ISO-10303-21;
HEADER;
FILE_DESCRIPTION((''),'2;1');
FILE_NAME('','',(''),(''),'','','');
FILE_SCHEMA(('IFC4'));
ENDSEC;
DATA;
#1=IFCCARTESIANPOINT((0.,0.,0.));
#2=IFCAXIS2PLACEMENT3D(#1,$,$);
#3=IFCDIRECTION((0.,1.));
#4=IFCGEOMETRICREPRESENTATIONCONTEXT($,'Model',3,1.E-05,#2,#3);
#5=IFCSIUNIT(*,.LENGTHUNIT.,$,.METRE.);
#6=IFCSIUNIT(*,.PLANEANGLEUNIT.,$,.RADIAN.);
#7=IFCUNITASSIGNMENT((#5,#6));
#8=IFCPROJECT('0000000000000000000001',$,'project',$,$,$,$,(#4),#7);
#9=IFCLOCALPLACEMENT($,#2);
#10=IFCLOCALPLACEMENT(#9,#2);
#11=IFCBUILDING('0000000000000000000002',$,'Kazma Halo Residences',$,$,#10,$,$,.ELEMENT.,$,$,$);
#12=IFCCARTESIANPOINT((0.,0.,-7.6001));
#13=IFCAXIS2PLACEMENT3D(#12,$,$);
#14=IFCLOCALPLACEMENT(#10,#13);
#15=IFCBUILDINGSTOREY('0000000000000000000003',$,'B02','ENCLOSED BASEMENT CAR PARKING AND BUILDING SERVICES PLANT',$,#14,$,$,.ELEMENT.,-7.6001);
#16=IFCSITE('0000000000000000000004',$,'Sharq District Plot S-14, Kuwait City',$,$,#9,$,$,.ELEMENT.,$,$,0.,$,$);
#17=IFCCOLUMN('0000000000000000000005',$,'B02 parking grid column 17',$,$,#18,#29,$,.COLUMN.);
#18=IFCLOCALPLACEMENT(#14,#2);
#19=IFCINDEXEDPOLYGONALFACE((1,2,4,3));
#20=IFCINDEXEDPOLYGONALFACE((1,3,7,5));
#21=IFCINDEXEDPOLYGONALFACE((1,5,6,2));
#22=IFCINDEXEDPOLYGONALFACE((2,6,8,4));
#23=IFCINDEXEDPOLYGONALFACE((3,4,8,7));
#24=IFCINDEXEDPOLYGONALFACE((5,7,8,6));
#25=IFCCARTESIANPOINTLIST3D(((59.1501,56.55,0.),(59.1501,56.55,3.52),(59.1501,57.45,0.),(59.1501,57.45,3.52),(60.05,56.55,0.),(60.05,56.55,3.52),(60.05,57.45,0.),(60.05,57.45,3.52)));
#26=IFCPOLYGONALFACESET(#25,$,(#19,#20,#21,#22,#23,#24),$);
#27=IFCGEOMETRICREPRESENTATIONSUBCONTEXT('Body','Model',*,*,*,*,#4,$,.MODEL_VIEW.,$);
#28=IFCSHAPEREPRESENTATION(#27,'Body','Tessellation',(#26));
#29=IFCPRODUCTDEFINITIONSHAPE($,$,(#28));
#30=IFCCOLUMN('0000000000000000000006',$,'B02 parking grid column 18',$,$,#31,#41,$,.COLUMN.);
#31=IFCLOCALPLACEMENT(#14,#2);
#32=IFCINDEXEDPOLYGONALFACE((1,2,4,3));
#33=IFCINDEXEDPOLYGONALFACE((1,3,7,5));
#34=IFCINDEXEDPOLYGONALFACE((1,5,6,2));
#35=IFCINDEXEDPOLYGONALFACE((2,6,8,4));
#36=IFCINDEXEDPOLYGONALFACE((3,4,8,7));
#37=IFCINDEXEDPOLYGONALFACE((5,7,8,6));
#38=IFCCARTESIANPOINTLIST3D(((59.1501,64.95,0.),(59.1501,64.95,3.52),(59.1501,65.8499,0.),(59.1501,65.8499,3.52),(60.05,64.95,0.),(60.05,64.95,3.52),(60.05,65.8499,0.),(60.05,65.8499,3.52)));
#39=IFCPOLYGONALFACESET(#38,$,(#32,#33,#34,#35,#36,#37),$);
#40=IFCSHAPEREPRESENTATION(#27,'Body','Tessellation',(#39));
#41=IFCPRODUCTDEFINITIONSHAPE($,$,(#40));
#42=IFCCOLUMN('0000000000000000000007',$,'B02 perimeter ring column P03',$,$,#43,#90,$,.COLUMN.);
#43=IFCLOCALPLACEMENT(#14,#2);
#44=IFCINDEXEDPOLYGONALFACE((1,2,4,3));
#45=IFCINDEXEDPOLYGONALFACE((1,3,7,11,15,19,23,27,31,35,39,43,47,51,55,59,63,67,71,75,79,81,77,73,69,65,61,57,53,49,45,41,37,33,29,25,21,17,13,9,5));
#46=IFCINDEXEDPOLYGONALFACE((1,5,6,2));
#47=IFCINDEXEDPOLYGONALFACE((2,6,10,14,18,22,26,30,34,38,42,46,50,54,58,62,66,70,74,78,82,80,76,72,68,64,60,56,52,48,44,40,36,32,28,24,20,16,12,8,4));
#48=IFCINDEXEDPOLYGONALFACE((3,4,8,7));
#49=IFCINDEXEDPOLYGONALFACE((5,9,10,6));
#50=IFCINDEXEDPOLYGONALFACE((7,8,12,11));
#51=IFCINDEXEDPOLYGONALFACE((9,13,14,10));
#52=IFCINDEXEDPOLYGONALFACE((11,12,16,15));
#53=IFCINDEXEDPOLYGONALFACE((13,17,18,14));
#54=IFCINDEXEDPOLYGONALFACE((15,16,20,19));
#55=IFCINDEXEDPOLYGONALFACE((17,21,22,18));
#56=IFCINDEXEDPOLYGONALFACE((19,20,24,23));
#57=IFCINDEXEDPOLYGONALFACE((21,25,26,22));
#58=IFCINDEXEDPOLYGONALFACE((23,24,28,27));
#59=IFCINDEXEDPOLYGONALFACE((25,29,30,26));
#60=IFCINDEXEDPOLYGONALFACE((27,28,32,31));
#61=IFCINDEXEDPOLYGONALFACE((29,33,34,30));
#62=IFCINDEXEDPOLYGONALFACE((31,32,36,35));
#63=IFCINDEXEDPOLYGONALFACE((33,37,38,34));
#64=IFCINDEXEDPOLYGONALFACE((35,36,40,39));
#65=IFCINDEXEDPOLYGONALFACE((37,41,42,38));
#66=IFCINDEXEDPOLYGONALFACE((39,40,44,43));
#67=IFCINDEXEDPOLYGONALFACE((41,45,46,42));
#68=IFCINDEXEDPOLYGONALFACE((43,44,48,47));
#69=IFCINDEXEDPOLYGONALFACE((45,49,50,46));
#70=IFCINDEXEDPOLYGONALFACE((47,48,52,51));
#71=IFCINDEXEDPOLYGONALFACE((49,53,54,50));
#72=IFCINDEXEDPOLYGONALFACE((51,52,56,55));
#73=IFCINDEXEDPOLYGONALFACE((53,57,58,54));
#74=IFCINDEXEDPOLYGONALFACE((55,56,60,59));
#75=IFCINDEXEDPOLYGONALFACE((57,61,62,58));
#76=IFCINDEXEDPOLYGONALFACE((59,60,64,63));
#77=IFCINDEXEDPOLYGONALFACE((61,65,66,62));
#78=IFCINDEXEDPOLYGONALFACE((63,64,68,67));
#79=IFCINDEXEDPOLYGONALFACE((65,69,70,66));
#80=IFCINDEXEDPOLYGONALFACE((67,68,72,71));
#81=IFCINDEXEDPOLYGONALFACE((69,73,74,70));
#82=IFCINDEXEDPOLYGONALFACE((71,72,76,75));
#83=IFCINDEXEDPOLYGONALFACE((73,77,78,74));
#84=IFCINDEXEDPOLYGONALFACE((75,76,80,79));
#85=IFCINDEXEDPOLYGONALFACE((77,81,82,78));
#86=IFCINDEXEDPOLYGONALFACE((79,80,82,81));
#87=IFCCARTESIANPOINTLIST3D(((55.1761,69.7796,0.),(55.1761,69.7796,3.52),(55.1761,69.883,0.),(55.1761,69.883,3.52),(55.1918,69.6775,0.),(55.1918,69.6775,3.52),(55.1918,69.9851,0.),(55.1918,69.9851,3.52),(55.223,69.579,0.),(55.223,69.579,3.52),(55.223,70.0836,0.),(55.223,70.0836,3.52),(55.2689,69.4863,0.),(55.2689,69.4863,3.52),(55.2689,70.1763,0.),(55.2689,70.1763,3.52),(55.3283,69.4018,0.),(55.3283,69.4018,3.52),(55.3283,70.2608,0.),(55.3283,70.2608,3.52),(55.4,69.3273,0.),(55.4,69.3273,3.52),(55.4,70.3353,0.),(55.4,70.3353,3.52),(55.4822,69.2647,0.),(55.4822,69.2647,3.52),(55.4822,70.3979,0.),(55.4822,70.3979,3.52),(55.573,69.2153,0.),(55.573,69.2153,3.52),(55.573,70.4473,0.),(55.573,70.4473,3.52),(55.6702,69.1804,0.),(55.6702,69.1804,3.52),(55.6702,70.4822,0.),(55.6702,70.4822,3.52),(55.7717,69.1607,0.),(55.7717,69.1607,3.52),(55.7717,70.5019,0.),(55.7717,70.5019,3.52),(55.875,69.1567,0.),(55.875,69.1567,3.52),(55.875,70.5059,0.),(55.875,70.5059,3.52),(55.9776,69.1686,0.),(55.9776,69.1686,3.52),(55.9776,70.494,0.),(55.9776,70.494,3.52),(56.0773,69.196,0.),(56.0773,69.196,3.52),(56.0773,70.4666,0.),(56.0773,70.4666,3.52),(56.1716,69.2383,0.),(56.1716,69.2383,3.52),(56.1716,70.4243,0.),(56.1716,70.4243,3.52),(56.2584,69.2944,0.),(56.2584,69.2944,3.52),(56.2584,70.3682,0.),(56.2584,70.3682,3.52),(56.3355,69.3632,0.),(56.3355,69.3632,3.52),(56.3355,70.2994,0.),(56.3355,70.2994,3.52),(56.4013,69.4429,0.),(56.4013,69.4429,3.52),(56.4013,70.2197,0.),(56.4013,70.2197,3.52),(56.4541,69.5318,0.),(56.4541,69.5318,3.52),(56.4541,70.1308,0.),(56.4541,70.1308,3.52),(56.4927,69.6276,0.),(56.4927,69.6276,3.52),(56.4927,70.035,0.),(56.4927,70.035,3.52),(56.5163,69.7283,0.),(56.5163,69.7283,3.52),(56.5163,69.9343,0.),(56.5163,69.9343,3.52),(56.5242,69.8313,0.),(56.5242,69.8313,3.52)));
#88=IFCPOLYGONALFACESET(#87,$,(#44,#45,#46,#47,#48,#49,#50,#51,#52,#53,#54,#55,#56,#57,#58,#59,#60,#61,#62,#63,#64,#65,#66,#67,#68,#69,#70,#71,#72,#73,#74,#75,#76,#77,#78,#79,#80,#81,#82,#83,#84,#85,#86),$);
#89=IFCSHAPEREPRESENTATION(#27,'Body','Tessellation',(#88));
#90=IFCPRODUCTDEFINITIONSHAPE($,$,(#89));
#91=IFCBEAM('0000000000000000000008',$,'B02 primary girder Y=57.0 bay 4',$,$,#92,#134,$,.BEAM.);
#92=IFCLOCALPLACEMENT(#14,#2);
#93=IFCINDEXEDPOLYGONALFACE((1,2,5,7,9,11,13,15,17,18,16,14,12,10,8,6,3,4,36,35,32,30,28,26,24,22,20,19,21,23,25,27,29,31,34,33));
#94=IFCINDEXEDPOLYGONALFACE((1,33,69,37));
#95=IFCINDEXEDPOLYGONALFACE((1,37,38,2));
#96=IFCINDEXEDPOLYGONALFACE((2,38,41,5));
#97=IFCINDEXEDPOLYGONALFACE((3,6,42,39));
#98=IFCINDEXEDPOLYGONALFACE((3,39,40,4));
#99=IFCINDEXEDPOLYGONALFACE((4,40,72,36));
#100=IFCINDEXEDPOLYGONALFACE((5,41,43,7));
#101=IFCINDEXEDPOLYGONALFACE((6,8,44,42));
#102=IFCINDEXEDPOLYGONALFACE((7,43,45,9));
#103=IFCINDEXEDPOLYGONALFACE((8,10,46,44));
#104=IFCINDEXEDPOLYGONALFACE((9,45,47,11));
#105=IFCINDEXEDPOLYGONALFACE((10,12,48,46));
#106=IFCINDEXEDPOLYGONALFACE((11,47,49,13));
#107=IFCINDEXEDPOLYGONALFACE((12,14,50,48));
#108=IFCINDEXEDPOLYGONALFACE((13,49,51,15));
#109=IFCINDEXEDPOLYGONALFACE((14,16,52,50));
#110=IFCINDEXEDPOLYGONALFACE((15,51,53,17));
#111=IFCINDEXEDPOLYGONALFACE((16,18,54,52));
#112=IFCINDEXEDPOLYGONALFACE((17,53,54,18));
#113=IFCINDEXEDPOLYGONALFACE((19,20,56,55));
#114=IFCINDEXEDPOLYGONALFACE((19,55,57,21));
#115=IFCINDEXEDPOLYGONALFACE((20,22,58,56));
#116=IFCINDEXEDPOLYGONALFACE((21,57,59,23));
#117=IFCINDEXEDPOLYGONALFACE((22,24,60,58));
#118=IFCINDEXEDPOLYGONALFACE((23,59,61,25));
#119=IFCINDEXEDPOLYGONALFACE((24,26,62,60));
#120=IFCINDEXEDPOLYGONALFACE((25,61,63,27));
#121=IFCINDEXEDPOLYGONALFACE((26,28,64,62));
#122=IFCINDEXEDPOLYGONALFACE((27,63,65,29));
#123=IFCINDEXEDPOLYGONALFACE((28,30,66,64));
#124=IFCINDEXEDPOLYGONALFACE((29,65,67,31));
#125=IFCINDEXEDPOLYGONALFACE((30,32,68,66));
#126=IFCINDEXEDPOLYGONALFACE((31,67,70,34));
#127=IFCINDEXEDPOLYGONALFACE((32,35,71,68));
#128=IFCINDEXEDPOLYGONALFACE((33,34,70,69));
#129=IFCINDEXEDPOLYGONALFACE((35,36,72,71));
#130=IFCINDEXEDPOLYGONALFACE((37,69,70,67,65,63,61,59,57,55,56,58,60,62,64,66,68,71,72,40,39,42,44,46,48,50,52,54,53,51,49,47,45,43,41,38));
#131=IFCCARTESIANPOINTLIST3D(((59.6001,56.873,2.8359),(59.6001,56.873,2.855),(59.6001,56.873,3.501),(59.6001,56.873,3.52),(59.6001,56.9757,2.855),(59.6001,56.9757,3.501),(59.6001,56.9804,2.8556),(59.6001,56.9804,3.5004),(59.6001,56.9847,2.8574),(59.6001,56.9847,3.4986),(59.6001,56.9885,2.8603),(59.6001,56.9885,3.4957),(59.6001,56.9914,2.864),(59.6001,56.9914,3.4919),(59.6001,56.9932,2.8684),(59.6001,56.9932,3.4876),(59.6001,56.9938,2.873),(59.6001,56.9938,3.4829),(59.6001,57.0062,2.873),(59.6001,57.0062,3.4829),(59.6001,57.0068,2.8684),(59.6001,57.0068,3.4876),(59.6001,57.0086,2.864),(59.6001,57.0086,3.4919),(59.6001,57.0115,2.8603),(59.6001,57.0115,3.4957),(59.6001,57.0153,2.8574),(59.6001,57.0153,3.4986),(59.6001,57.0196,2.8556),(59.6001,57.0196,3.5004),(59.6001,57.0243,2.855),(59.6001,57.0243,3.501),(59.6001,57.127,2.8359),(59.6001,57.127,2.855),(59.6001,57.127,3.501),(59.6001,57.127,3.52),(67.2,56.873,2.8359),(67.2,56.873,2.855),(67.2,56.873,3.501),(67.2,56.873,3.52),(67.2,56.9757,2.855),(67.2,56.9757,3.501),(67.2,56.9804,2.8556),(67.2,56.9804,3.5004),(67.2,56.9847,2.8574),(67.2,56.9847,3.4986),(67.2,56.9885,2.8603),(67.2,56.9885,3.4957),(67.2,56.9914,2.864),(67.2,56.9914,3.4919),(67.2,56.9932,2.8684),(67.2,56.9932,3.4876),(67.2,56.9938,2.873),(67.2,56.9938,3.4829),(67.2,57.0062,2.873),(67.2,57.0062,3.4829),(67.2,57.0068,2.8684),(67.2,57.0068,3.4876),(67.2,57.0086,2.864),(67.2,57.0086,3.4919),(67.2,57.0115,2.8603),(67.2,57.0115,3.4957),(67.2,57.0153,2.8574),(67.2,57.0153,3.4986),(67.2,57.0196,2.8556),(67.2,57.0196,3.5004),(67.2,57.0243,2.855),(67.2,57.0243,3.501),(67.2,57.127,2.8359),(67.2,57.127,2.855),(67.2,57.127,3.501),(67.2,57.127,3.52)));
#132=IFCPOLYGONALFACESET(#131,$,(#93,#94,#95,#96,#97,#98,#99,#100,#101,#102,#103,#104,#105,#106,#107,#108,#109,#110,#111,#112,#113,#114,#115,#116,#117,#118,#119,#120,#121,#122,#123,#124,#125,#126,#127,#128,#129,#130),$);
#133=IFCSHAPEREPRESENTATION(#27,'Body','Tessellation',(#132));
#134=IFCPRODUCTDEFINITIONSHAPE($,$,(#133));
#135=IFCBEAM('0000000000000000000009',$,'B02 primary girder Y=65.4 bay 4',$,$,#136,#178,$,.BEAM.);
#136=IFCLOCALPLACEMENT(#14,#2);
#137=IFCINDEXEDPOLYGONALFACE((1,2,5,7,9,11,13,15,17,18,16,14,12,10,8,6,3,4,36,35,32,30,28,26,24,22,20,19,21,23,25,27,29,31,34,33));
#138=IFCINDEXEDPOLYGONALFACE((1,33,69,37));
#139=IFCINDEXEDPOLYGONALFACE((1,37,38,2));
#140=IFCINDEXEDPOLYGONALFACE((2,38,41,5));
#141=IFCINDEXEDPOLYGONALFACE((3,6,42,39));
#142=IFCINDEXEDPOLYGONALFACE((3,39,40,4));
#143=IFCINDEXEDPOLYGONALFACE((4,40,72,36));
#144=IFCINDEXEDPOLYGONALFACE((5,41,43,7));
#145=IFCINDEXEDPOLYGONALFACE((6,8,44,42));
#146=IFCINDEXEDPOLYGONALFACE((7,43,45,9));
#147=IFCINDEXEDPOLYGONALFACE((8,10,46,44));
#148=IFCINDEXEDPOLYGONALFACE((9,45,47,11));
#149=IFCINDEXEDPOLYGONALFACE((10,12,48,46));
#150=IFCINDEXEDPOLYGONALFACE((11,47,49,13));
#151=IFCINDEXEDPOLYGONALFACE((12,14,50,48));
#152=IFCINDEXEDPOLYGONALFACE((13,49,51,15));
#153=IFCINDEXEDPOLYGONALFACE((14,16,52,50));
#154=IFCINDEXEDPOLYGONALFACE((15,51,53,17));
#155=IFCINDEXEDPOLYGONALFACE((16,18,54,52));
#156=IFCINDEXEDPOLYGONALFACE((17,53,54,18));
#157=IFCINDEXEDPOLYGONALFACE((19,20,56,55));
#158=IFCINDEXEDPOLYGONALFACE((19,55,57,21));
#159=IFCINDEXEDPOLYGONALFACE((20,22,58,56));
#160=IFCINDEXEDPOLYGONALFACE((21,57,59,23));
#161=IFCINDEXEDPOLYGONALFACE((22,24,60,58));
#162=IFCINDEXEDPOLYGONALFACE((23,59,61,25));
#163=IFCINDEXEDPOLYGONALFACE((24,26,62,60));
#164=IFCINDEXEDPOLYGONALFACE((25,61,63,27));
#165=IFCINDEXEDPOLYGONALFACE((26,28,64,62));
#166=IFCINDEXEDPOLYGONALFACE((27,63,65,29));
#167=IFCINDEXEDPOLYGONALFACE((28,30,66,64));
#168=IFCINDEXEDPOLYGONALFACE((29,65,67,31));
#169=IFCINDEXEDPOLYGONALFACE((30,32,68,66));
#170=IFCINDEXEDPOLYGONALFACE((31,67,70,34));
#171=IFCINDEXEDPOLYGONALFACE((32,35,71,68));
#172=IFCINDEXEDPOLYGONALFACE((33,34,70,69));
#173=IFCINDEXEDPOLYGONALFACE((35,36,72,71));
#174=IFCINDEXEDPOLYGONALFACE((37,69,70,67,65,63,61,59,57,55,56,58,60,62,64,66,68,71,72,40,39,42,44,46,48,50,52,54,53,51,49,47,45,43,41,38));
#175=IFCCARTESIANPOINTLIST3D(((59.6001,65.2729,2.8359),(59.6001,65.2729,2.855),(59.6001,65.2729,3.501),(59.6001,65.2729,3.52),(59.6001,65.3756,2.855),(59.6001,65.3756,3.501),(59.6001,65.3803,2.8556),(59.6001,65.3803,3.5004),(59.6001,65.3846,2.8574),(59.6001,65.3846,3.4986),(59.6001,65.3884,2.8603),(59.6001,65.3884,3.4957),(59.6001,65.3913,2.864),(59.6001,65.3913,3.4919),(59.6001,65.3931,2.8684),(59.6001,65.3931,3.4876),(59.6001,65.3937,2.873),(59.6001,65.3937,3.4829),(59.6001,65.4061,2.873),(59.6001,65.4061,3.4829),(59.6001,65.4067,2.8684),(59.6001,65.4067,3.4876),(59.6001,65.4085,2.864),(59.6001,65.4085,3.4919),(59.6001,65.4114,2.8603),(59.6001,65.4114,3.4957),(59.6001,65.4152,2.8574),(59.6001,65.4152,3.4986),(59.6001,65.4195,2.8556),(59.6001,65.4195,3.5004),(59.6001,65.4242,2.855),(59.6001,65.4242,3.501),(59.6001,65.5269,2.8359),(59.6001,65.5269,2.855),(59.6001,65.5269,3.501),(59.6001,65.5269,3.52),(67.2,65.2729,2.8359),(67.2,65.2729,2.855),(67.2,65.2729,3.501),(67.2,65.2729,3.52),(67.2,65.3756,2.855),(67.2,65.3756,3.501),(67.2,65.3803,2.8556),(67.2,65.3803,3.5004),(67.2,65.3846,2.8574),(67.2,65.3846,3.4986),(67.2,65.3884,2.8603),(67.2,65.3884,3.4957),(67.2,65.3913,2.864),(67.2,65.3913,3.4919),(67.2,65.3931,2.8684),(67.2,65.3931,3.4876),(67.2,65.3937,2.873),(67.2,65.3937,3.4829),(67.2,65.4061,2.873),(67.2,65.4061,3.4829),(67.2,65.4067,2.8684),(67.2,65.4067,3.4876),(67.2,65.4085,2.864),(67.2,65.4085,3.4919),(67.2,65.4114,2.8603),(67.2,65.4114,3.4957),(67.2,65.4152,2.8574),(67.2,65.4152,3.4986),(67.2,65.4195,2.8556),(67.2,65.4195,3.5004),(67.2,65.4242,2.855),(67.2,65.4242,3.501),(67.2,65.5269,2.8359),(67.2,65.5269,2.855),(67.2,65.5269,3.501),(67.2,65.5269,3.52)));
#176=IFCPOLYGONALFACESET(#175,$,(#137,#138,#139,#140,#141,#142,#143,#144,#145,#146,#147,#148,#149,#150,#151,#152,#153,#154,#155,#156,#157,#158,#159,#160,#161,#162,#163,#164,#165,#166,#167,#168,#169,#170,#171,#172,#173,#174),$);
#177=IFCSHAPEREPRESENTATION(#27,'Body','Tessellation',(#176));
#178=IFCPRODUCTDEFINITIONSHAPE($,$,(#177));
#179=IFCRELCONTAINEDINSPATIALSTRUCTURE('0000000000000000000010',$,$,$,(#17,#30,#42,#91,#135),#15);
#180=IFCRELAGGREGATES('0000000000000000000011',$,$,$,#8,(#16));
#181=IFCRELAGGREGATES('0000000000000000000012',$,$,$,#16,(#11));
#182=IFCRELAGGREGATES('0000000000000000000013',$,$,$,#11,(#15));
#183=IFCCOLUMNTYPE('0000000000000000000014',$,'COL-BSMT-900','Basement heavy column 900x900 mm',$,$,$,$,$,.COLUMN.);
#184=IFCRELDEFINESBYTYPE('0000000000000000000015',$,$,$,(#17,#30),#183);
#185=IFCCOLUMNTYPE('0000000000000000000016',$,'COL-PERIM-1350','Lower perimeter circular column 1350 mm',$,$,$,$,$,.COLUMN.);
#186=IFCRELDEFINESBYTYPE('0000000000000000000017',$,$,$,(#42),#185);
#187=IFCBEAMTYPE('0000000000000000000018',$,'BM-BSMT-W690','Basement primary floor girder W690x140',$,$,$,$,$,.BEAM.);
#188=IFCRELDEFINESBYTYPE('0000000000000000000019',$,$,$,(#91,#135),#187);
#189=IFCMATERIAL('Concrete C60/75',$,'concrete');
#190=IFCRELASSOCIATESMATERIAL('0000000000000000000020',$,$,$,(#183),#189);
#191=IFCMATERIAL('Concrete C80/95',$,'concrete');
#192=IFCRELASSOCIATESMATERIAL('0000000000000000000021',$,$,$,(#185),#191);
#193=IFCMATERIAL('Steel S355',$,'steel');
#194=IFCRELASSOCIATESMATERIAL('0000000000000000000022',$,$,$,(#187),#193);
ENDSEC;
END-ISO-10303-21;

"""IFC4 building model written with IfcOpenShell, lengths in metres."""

from ifc_helpers import new_model, si_unit, direction, frame, origin, origin_2d, place, context, subcontext, project, spatial, rectangle, circle, i_section, extrude, material, material_profile, profile_set, type_object, element, save


model = new_model("IFC4")

# Units and contexts
model_context = context("Model", 3, precision=1e-05, world=origin(), true_north=direction((0.0, 1.0)))
body_context = subcontext(model_context, "Body", "Model", "MODEL_VIEW")
ifc_project = project(units=[si_unit("LENGTHUNIT", "METRE"), si_unit("PLANEANGLEUNIT", "RADIAN")], contexts=[model_context])

# Site, building, storey
site_placement = place(None, origin())
site = spatial("IfcSite", under=ifc_project, at=site_placement, Name="Sharq District Plot S-14, Kuwait City", CompositionType="ELEMENT", RefElevation=0.0)
building_placement = place(site_placement, origin())
building = spatial("IfcBuilding", under=site, at=building_placement, Name="Kazma Halo Residences", CompositionType="ELEMENT")
storey_placement = place(building_placement, frame((0.0, 0.0, -7.6001)))
storey = spatial("IfcBuildingStorey", under=building, at=storey_placement, Name="B02", Description="ENCLOSED BASEMENT CAR PARKING AND BUILDING SERVICES PLANT", CompositionType="ELEMENT", Elevation=-7.6001)

# Shared definitions
ifc_material_1 = material(Name="Concrete C60/75", Category="concrete")

# Columns
ifc_material_profile_1 = material_profile(ifc_material_1, rectangle(XDim=0.8999, YDim=0.8999, at=origin_2d()), Name="RECT900x900")
ifc_profile_set_1 = profile_set([ifc_material_profile_1], Name="Concrete C60/75")
column_type_1 = type_object("IfcColumnType", Name="COL-BSMT-900", Description="Basement heavy column 900x900 mm", PredefinedType="COLUMN", material=ifc_profile_set_1)
for number, where, z_axis, x_axis, name in (
    (1, (59.6001, 57.0, 0.0), (0.0, 0.0, 1.0), (1.0, 0.0, 0.0), "B02 parking grid column 17"),
    (2, (59.6001, 65.3999, 0.0), (0.0, 0.0, 1.0), (1.0, 0.0, 0.0), "B02 parking grid column 18"),
):
    element("IfcColumn", number, at=place(storey_placement, frame(where, z_axis=z_axis, x_axis=x_axis)), inside=storey, type_object=column_type_1, Name=name, PredefinedType="COLUMN", context=body_context, shape_type="SweptSolid", body=[
        extrude(rectangle(XDim=0.8999, YDim=0.8999, at=origin_2d()), origin(), (0.0, 0.0, 1.0), 3.52),
    ])
ifc_material_2 = material(Name="Concrete C80/95", Category="concrete")
ifc_material_profile_2 = material_profile(ifc_material_2, circle(Radius=0.675, at=origin_2d()), Name="CIRC1350")
ifc_profile_set_2 = profile_set([ifc_material_profile_2], Name="Concrete C80/95")
column_type_2 = type_object("IfcColumnType", Name="COL-PERIM-1350", Description="Lower perimeter circular column 1350 mm", PredefinedType="COLUMN", material=ifc_profile_set_2)
column_placement = place(storey_placement, frame((55.8491, 69.8313, 0.0), z_axis=(0.0, 0.0, 1.0), x_axis=(1.0, 0.0, 0.0)))
element("IfcColumn", 3, at=column_placement, inside=storey, type_object=column_type_2, Name="B02 perimeter ring column P03", PredefinedType="COLUMN", context=body_context, shape_type="SweptSolid", body=[
    extrude(circle(Radius=0.675, at=origin_2d()), origin(), (0.0, 0.0, 1.0), 3.52),
])

# Beams
ifc_material_3 = material(Name="Steel S355", Category="steel")
ifc_material_profile_3 = material_profile(ifc_material_3, i_section(OverallWidth=0.2539, OverallDepth=0.6841, WebThickness=0.0125, FlangeThickness=0.019, FilletRadius=0.0181, at=origin_2d()), Name="W690x140")
ifc_profile_set_3 = profile_set([ifc_material_profile_3], Name="Steel S355")
beam_type_1 = type_object("IfcBeamType", Name="BM-BSMT-W690", Description="Basement primary floor girder W690x140", PredefinedType="BEAM", material=ifc_profile_set_3)
for number, where, z_axis, x_axis, name in (
    (4, (59.6001, 57.0, 3.178), (1.0, 0.0, 0.0), (0.0, 1.0, 0.0), "B02 primary girder Y=57.0 bay 4"),
    (5, (59.6001, 65.3999, 3.178), (1.0, 0.0, 0.0), (0.0, 1.0, 0.0), "B02 primary girder Y=65.4 bay 4"),
):
    element("IfcBeam", number, at=place(storey_placement, frame(where, z_axis=z_axis, x_axis=x_axis)), inside=storey, type_object=beam_type_1, Name=name, PredefinedType="BEAM", context=body_context, shape_type="SweptSolid", body=[
        extrude(i_section(OverallWidth=0.2539, OverallDepth=0.6841, WebThickness=0.0125, FlangeThickness=0.019, FilletRadius=0.0181, at=origin_2d()), origin(), (0.0, 0.0, 1.0), 7.5999),
    ])

save(model, "model.ifc")
